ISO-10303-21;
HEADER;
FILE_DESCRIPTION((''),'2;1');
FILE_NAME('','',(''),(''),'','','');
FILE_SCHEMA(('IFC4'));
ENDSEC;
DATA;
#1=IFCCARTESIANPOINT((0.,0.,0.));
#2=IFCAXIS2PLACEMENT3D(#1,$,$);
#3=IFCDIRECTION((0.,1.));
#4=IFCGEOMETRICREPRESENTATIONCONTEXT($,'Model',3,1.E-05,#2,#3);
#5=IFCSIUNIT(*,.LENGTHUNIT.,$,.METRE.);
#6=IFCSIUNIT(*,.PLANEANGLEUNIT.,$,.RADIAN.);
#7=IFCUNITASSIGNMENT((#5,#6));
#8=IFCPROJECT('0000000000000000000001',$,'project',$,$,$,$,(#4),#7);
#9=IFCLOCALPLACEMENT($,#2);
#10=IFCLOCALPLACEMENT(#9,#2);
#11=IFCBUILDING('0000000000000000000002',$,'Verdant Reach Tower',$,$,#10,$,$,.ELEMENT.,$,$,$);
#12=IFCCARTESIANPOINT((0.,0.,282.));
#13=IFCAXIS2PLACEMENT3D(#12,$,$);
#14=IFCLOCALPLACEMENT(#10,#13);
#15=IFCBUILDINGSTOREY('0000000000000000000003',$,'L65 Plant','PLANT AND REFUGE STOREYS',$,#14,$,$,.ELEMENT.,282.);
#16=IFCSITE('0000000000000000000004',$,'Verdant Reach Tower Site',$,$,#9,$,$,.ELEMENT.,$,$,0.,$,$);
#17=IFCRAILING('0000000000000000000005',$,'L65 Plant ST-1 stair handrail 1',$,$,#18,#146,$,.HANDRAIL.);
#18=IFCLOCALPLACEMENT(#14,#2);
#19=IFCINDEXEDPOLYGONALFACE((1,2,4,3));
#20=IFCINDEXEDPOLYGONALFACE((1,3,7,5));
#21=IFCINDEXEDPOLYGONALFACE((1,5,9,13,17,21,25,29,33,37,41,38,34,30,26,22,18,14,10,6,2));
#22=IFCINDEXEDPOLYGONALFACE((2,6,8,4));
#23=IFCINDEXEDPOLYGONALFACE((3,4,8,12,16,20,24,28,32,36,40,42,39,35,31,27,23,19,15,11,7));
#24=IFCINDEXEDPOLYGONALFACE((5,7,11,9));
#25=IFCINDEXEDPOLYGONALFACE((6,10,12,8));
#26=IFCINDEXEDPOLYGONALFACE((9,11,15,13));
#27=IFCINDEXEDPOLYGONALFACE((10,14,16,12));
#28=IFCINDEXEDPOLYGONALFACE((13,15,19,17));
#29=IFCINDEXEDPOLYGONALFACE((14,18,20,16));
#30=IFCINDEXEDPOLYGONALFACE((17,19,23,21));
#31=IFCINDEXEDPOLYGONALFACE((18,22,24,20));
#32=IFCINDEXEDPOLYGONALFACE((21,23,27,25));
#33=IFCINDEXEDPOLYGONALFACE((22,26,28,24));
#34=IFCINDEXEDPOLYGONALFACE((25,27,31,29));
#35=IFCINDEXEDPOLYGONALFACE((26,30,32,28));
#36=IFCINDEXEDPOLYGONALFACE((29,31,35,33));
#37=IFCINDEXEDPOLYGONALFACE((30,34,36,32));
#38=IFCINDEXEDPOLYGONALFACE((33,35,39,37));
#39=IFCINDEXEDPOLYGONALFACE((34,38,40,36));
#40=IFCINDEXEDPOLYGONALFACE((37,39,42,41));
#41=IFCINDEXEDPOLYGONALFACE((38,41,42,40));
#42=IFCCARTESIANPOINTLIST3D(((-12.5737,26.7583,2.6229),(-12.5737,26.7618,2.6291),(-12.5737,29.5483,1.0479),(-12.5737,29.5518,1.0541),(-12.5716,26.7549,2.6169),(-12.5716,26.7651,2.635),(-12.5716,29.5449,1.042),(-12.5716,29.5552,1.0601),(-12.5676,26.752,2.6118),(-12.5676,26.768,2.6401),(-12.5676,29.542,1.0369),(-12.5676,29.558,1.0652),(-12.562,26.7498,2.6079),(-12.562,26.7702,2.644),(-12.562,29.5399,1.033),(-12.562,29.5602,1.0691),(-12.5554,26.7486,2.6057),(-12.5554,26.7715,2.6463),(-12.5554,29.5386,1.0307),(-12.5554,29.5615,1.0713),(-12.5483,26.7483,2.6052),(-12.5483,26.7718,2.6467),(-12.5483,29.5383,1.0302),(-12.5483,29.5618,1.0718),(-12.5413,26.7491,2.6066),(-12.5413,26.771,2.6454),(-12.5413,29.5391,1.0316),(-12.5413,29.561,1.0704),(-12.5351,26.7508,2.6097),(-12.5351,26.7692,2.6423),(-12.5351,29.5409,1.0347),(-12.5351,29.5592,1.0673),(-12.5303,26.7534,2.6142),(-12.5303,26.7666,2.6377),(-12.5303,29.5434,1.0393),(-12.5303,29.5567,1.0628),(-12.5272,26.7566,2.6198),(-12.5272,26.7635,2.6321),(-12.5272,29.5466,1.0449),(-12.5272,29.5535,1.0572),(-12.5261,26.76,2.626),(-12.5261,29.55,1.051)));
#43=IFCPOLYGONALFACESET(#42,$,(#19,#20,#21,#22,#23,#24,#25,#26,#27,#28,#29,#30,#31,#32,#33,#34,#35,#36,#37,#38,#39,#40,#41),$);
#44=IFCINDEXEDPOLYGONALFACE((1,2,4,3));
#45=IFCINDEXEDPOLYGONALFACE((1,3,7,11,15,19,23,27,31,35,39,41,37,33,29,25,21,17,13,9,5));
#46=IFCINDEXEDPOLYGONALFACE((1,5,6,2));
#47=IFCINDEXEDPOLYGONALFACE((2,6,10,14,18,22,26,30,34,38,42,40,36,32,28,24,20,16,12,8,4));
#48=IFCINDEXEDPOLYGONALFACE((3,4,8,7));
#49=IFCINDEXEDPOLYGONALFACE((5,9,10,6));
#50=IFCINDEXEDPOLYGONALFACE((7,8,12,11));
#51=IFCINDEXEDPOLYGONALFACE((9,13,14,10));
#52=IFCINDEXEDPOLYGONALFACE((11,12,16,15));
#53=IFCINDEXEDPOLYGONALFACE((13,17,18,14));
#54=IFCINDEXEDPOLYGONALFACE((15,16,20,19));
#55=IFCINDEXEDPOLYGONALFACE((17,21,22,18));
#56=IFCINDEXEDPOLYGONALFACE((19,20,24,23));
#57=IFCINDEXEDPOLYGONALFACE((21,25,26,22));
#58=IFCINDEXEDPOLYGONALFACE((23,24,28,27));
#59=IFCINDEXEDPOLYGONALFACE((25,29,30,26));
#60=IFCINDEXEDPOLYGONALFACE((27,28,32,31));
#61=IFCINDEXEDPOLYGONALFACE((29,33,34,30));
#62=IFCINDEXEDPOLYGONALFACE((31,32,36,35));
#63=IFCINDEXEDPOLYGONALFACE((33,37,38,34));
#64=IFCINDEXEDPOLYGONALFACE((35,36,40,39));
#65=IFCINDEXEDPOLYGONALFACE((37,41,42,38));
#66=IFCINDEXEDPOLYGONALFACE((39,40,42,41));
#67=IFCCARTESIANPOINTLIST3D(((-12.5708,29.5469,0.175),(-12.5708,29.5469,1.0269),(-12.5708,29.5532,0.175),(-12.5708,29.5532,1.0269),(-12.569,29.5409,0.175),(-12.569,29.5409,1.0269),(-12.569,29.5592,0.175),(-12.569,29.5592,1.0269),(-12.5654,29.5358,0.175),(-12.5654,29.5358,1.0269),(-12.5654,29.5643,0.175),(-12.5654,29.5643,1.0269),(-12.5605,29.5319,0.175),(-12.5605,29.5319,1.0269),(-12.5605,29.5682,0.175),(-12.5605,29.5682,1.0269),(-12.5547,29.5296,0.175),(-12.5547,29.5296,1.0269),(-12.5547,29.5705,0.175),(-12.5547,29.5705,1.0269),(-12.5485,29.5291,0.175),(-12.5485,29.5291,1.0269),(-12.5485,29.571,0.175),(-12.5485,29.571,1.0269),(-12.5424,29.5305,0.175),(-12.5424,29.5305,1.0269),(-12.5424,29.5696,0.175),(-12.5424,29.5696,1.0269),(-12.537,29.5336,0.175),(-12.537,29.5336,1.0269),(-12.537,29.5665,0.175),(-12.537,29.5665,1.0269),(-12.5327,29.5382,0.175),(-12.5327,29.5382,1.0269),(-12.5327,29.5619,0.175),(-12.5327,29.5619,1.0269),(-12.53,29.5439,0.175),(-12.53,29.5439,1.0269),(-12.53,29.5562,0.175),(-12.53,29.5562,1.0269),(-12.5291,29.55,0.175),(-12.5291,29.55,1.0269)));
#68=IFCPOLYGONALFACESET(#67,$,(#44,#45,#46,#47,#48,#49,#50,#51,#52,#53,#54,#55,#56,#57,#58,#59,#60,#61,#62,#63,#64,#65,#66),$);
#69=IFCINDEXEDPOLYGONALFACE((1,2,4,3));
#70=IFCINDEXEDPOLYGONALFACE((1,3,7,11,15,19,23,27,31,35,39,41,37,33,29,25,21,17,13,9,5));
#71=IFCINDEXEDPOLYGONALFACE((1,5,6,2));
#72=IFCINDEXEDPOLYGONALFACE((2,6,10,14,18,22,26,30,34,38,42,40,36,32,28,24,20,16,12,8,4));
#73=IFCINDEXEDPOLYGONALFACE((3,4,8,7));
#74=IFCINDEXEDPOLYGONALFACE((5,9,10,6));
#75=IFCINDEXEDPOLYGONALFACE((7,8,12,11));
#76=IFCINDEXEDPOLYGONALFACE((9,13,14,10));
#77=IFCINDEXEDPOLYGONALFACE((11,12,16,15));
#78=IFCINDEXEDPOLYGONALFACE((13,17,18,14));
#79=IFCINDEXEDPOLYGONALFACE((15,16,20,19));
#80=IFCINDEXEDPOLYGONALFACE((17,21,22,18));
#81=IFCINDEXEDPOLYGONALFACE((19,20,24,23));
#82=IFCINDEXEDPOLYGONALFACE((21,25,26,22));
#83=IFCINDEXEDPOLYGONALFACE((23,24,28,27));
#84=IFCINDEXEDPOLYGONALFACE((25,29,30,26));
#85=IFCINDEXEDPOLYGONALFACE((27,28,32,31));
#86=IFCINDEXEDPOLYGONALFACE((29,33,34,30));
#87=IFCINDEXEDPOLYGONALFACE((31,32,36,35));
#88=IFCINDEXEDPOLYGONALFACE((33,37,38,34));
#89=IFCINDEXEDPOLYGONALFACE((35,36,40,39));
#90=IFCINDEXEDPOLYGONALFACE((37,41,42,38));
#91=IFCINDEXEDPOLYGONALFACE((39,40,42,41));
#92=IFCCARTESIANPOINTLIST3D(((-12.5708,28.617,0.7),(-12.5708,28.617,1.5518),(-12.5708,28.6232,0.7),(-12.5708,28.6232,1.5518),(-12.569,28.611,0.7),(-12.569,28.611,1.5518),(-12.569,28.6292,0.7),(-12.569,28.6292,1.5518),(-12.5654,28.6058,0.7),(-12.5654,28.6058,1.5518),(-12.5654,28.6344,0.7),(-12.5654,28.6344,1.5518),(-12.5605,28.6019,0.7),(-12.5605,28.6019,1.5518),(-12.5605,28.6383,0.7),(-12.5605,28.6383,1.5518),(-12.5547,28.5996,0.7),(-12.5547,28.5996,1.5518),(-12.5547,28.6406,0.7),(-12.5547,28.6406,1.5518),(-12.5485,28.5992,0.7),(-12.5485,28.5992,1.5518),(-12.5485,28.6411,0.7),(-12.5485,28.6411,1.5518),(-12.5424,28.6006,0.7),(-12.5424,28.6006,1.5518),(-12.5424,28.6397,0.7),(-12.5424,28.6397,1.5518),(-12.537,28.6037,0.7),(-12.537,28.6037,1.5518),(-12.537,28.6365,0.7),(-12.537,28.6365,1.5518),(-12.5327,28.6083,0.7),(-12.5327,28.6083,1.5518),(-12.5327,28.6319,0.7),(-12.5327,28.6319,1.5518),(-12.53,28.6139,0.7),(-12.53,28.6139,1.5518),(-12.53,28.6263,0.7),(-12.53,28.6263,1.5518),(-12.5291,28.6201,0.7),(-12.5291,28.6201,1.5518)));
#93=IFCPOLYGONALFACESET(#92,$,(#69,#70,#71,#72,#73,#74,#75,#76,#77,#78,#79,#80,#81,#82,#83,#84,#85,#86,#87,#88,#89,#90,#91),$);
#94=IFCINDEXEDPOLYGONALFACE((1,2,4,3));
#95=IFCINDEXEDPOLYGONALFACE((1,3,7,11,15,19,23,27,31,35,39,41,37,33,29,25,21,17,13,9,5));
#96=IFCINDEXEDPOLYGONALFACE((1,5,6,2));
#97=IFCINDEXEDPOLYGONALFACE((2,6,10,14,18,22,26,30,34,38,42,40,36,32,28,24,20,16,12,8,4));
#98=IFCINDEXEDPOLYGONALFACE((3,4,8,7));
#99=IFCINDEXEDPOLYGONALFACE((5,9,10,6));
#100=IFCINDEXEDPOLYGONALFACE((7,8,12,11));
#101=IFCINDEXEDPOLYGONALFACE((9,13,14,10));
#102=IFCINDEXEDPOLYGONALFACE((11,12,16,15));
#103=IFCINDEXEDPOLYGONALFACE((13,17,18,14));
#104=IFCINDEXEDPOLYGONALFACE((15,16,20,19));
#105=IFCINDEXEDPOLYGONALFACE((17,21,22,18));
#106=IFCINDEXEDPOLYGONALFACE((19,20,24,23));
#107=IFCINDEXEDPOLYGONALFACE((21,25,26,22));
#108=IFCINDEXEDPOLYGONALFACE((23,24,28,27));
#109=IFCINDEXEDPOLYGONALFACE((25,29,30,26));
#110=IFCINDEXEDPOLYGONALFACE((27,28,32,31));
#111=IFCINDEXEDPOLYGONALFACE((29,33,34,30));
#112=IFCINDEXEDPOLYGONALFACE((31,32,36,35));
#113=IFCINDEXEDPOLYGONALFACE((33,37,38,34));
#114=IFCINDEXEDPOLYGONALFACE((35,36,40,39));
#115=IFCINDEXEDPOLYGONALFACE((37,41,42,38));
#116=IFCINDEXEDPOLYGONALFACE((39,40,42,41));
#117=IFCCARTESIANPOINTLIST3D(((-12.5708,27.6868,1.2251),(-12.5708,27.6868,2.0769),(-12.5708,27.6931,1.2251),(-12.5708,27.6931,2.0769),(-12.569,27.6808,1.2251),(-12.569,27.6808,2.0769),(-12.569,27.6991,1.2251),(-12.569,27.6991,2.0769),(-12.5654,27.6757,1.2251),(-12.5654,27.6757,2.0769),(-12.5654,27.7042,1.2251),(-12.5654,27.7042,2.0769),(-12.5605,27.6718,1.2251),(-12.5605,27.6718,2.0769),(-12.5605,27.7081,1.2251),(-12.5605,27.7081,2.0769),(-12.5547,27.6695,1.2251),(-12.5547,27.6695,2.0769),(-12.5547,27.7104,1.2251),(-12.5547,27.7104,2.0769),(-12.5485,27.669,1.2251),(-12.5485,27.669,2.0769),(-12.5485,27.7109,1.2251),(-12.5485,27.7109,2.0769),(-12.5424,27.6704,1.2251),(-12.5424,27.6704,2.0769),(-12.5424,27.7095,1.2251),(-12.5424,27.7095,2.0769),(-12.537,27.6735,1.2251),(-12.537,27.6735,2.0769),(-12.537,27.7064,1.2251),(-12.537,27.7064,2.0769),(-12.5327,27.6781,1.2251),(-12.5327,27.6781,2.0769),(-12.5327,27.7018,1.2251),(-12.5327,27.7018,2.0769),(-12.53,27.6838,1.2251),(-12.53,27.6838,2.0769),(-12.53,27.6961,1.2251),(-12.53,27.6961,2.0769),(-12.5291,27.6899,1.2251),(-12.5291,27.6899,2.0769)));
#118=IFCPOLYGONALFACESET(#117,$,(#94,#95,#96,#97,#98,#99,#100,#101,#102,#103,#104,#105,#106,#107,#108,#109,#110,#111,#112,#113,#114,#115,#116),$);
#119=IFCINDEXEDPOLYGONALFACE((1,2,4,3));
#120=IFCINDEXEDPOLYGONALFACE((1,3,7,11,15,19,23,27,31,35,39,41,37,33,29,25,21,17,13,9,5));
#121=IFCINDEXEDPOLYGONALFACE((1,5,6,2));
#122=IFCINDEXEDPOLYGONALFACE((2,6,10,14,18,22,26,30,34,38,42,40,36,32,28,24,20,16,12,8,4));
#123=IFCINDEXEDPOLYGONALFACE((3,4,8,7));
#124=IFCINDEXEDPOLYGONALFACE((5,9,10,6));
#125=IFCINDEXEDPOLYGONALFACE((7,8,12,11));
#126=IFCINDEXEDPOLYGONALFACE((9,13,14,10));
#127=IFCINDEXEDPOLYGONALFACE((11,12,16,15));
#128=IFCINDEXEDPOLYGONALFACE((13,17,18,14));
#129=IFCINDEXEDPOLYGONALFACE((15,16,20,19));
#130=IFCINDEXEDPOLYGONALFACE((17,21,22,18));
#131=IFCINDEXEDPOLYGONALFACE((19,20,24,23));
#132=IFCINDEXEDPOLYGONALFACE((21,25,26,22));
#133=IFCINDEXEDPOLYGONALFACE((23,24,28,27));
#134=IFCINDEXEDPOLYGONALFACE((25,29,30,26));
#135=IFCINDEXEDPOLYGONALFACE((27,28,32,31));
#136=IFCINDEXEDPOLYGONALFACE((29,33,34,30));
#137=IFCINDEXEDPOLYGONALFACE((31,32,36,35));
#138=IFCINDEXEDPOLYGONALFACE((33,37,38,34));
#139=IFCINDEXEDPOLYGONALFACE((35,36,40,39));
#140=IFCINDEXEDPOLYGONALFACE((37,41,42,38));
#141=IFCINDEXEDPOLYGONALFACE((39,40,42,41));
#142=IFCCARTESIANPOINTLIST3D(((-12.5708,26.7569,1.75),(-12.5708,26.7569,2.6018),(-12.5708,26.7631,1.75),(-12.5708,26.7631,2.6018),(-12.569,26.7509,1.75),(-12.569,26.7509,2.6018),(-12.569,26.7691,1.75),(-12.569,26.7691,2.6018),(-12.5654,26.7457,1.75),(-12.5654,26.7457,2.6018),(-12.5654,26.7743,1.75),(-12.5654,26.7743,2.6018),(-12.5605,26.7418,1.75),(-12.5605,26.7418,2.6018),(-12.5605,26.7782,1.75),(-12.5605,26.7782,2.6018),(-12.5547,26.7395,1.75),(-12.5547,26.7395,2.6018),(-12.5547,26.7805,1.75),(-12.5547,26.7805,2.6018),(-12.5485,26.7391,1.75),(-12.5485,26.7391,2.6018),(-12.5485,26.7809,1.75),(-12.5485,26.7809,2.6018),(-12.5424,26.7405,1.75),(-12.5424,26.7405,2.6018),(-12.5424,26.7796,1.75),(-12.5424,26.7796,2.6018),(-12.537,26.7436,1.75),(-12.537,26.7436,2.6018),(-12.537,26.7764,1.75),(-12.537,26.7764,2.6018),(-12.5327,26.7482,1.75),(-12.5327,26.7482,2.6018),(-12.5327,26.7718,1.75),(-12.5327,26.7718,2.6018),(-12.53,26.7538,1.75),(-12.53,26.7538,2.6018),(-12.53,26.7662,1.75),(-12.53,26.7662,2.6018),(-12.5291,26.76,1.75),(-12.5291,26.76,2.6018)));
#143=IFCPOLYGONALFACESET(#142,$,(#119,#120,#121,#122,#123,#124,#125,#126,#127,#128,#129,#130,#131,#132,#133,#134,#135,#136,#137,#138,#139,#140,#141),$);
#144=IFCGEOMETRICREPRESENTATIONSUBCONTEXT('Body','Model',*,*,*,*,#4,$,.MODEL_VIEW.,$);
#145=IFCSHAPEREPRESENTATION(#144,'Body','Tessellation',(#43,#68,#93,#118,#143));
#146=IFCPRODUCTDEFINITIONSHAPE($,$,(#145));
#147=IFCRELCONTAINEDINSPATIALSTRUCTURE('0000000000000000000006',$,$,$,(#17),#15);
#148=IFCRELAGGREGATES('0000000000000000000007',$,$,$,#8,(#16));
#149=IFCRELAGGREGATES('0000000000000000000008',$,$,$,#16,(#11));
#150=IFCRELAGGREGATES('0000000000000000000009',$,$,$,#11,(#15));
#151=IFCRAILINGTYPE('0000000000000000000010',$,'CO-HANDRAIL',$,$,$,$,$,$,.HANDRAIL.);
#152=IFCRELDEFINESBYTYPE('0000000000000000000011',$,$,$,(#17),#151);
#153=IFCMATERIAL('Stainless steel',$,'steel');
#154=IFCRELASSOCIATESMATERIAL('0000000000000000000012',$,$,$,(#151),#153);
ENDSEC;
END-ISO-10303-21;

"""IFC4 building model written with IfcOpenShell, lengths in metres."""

from ifc_helpers import new_model, si_unit, direction, frame, origin, origin_2d, place, context, subcontext, project, spatial, circle, extrude, material, type_object, element, save


model = new_model("IFC4")

# Units and contexts
model_context = context("Model", 3, precision=1e-05, world=origin(), true_north=direction((0.0, 1.0)))
body_context = subcontext(model_context, "Body", "Model", "MODEL_VIEW")
ifc_project = project(units=[si_unit("LENGTHUNIT", "METRE"), si_unit("PLANEANGLEUNIT", "RADIAN")], contexts=[model_context])

# Site, building, storey
site_placement = place(None, origin())
site = spatial("IfcSite", under=ifc_project, at=site_placement, Name="Verdant Reach Tower Site", CompositionType="ELEMENT", RefElevation=0.0)
building_placement = place(site_placement, origin())
building = spatial("IfcBuilding", under=site, at=building_placement, Name="Verdant Reach Tower", CompositionType="ELEMENT")
storey_placement = place(building_placement, frame((0.0, 0.0, 282.0)))
storey = spatial("IfcBuildingStorey", under=building, at=storey_placement, Name="L65 Plant", Description="PLANT AND REFUGE STOREYS", CompositionType="ELEMENT", Elevation=282.0)

# Shared definitions
ifc_material_1 = material(Name="Stainless steel", Category="steel")

# Railing
railing_type_1 = type_object("IfcRailingType", Name="CO-HANDRAIL", PredefinedType="HANDRAIL", material=ifc_material_1)
for number, where, name in (
    (1, (-12.55, 29.55, 0.175), "L65 Plant ST-1 stair handrail 1"),
):
    element("IfcRailing", number, at=place(storey_placement, frame(where)), inside=storey, type_object=railing_type_1, Name=name, PredefinedType="HANDRAIL", context=body_context, shape_type="SweptSolid", body=[
        extrude(circle(Radius=0.0239, at=origin_2d()), frame((0.0, 0.0, 0.876), z_axis=(0.0, -0.870834, 0.491578), x_axis=(1.0, 0.0, 0.0)), (0.0, 0.0, 1.0), 3.2039),
        extrude(circle(Radius=0.021, at=origin_2d()), origin(), (0.0, 0.0, 1.0), 0.8518),
        extrude(circle(Radius=0.021, at=origin_2d()), frame((0.0, -0.9299, 0.5249)), (0.0, 0.0, 1.0), 0.8518),
        extrude(circle(Radius=0.021, at=origin_2d()), frame((0.0, -1.8601, 1.05)), (0.0, 0.0, 1.0), 0.8518),
        extrude(circle(Radius=0.021, at=origin_2d()), frame((0.0, -2.79, 1.575)), (0.0, 0.0, 1.0), 0.8518),
    ])

save(model, "model.ifc")
